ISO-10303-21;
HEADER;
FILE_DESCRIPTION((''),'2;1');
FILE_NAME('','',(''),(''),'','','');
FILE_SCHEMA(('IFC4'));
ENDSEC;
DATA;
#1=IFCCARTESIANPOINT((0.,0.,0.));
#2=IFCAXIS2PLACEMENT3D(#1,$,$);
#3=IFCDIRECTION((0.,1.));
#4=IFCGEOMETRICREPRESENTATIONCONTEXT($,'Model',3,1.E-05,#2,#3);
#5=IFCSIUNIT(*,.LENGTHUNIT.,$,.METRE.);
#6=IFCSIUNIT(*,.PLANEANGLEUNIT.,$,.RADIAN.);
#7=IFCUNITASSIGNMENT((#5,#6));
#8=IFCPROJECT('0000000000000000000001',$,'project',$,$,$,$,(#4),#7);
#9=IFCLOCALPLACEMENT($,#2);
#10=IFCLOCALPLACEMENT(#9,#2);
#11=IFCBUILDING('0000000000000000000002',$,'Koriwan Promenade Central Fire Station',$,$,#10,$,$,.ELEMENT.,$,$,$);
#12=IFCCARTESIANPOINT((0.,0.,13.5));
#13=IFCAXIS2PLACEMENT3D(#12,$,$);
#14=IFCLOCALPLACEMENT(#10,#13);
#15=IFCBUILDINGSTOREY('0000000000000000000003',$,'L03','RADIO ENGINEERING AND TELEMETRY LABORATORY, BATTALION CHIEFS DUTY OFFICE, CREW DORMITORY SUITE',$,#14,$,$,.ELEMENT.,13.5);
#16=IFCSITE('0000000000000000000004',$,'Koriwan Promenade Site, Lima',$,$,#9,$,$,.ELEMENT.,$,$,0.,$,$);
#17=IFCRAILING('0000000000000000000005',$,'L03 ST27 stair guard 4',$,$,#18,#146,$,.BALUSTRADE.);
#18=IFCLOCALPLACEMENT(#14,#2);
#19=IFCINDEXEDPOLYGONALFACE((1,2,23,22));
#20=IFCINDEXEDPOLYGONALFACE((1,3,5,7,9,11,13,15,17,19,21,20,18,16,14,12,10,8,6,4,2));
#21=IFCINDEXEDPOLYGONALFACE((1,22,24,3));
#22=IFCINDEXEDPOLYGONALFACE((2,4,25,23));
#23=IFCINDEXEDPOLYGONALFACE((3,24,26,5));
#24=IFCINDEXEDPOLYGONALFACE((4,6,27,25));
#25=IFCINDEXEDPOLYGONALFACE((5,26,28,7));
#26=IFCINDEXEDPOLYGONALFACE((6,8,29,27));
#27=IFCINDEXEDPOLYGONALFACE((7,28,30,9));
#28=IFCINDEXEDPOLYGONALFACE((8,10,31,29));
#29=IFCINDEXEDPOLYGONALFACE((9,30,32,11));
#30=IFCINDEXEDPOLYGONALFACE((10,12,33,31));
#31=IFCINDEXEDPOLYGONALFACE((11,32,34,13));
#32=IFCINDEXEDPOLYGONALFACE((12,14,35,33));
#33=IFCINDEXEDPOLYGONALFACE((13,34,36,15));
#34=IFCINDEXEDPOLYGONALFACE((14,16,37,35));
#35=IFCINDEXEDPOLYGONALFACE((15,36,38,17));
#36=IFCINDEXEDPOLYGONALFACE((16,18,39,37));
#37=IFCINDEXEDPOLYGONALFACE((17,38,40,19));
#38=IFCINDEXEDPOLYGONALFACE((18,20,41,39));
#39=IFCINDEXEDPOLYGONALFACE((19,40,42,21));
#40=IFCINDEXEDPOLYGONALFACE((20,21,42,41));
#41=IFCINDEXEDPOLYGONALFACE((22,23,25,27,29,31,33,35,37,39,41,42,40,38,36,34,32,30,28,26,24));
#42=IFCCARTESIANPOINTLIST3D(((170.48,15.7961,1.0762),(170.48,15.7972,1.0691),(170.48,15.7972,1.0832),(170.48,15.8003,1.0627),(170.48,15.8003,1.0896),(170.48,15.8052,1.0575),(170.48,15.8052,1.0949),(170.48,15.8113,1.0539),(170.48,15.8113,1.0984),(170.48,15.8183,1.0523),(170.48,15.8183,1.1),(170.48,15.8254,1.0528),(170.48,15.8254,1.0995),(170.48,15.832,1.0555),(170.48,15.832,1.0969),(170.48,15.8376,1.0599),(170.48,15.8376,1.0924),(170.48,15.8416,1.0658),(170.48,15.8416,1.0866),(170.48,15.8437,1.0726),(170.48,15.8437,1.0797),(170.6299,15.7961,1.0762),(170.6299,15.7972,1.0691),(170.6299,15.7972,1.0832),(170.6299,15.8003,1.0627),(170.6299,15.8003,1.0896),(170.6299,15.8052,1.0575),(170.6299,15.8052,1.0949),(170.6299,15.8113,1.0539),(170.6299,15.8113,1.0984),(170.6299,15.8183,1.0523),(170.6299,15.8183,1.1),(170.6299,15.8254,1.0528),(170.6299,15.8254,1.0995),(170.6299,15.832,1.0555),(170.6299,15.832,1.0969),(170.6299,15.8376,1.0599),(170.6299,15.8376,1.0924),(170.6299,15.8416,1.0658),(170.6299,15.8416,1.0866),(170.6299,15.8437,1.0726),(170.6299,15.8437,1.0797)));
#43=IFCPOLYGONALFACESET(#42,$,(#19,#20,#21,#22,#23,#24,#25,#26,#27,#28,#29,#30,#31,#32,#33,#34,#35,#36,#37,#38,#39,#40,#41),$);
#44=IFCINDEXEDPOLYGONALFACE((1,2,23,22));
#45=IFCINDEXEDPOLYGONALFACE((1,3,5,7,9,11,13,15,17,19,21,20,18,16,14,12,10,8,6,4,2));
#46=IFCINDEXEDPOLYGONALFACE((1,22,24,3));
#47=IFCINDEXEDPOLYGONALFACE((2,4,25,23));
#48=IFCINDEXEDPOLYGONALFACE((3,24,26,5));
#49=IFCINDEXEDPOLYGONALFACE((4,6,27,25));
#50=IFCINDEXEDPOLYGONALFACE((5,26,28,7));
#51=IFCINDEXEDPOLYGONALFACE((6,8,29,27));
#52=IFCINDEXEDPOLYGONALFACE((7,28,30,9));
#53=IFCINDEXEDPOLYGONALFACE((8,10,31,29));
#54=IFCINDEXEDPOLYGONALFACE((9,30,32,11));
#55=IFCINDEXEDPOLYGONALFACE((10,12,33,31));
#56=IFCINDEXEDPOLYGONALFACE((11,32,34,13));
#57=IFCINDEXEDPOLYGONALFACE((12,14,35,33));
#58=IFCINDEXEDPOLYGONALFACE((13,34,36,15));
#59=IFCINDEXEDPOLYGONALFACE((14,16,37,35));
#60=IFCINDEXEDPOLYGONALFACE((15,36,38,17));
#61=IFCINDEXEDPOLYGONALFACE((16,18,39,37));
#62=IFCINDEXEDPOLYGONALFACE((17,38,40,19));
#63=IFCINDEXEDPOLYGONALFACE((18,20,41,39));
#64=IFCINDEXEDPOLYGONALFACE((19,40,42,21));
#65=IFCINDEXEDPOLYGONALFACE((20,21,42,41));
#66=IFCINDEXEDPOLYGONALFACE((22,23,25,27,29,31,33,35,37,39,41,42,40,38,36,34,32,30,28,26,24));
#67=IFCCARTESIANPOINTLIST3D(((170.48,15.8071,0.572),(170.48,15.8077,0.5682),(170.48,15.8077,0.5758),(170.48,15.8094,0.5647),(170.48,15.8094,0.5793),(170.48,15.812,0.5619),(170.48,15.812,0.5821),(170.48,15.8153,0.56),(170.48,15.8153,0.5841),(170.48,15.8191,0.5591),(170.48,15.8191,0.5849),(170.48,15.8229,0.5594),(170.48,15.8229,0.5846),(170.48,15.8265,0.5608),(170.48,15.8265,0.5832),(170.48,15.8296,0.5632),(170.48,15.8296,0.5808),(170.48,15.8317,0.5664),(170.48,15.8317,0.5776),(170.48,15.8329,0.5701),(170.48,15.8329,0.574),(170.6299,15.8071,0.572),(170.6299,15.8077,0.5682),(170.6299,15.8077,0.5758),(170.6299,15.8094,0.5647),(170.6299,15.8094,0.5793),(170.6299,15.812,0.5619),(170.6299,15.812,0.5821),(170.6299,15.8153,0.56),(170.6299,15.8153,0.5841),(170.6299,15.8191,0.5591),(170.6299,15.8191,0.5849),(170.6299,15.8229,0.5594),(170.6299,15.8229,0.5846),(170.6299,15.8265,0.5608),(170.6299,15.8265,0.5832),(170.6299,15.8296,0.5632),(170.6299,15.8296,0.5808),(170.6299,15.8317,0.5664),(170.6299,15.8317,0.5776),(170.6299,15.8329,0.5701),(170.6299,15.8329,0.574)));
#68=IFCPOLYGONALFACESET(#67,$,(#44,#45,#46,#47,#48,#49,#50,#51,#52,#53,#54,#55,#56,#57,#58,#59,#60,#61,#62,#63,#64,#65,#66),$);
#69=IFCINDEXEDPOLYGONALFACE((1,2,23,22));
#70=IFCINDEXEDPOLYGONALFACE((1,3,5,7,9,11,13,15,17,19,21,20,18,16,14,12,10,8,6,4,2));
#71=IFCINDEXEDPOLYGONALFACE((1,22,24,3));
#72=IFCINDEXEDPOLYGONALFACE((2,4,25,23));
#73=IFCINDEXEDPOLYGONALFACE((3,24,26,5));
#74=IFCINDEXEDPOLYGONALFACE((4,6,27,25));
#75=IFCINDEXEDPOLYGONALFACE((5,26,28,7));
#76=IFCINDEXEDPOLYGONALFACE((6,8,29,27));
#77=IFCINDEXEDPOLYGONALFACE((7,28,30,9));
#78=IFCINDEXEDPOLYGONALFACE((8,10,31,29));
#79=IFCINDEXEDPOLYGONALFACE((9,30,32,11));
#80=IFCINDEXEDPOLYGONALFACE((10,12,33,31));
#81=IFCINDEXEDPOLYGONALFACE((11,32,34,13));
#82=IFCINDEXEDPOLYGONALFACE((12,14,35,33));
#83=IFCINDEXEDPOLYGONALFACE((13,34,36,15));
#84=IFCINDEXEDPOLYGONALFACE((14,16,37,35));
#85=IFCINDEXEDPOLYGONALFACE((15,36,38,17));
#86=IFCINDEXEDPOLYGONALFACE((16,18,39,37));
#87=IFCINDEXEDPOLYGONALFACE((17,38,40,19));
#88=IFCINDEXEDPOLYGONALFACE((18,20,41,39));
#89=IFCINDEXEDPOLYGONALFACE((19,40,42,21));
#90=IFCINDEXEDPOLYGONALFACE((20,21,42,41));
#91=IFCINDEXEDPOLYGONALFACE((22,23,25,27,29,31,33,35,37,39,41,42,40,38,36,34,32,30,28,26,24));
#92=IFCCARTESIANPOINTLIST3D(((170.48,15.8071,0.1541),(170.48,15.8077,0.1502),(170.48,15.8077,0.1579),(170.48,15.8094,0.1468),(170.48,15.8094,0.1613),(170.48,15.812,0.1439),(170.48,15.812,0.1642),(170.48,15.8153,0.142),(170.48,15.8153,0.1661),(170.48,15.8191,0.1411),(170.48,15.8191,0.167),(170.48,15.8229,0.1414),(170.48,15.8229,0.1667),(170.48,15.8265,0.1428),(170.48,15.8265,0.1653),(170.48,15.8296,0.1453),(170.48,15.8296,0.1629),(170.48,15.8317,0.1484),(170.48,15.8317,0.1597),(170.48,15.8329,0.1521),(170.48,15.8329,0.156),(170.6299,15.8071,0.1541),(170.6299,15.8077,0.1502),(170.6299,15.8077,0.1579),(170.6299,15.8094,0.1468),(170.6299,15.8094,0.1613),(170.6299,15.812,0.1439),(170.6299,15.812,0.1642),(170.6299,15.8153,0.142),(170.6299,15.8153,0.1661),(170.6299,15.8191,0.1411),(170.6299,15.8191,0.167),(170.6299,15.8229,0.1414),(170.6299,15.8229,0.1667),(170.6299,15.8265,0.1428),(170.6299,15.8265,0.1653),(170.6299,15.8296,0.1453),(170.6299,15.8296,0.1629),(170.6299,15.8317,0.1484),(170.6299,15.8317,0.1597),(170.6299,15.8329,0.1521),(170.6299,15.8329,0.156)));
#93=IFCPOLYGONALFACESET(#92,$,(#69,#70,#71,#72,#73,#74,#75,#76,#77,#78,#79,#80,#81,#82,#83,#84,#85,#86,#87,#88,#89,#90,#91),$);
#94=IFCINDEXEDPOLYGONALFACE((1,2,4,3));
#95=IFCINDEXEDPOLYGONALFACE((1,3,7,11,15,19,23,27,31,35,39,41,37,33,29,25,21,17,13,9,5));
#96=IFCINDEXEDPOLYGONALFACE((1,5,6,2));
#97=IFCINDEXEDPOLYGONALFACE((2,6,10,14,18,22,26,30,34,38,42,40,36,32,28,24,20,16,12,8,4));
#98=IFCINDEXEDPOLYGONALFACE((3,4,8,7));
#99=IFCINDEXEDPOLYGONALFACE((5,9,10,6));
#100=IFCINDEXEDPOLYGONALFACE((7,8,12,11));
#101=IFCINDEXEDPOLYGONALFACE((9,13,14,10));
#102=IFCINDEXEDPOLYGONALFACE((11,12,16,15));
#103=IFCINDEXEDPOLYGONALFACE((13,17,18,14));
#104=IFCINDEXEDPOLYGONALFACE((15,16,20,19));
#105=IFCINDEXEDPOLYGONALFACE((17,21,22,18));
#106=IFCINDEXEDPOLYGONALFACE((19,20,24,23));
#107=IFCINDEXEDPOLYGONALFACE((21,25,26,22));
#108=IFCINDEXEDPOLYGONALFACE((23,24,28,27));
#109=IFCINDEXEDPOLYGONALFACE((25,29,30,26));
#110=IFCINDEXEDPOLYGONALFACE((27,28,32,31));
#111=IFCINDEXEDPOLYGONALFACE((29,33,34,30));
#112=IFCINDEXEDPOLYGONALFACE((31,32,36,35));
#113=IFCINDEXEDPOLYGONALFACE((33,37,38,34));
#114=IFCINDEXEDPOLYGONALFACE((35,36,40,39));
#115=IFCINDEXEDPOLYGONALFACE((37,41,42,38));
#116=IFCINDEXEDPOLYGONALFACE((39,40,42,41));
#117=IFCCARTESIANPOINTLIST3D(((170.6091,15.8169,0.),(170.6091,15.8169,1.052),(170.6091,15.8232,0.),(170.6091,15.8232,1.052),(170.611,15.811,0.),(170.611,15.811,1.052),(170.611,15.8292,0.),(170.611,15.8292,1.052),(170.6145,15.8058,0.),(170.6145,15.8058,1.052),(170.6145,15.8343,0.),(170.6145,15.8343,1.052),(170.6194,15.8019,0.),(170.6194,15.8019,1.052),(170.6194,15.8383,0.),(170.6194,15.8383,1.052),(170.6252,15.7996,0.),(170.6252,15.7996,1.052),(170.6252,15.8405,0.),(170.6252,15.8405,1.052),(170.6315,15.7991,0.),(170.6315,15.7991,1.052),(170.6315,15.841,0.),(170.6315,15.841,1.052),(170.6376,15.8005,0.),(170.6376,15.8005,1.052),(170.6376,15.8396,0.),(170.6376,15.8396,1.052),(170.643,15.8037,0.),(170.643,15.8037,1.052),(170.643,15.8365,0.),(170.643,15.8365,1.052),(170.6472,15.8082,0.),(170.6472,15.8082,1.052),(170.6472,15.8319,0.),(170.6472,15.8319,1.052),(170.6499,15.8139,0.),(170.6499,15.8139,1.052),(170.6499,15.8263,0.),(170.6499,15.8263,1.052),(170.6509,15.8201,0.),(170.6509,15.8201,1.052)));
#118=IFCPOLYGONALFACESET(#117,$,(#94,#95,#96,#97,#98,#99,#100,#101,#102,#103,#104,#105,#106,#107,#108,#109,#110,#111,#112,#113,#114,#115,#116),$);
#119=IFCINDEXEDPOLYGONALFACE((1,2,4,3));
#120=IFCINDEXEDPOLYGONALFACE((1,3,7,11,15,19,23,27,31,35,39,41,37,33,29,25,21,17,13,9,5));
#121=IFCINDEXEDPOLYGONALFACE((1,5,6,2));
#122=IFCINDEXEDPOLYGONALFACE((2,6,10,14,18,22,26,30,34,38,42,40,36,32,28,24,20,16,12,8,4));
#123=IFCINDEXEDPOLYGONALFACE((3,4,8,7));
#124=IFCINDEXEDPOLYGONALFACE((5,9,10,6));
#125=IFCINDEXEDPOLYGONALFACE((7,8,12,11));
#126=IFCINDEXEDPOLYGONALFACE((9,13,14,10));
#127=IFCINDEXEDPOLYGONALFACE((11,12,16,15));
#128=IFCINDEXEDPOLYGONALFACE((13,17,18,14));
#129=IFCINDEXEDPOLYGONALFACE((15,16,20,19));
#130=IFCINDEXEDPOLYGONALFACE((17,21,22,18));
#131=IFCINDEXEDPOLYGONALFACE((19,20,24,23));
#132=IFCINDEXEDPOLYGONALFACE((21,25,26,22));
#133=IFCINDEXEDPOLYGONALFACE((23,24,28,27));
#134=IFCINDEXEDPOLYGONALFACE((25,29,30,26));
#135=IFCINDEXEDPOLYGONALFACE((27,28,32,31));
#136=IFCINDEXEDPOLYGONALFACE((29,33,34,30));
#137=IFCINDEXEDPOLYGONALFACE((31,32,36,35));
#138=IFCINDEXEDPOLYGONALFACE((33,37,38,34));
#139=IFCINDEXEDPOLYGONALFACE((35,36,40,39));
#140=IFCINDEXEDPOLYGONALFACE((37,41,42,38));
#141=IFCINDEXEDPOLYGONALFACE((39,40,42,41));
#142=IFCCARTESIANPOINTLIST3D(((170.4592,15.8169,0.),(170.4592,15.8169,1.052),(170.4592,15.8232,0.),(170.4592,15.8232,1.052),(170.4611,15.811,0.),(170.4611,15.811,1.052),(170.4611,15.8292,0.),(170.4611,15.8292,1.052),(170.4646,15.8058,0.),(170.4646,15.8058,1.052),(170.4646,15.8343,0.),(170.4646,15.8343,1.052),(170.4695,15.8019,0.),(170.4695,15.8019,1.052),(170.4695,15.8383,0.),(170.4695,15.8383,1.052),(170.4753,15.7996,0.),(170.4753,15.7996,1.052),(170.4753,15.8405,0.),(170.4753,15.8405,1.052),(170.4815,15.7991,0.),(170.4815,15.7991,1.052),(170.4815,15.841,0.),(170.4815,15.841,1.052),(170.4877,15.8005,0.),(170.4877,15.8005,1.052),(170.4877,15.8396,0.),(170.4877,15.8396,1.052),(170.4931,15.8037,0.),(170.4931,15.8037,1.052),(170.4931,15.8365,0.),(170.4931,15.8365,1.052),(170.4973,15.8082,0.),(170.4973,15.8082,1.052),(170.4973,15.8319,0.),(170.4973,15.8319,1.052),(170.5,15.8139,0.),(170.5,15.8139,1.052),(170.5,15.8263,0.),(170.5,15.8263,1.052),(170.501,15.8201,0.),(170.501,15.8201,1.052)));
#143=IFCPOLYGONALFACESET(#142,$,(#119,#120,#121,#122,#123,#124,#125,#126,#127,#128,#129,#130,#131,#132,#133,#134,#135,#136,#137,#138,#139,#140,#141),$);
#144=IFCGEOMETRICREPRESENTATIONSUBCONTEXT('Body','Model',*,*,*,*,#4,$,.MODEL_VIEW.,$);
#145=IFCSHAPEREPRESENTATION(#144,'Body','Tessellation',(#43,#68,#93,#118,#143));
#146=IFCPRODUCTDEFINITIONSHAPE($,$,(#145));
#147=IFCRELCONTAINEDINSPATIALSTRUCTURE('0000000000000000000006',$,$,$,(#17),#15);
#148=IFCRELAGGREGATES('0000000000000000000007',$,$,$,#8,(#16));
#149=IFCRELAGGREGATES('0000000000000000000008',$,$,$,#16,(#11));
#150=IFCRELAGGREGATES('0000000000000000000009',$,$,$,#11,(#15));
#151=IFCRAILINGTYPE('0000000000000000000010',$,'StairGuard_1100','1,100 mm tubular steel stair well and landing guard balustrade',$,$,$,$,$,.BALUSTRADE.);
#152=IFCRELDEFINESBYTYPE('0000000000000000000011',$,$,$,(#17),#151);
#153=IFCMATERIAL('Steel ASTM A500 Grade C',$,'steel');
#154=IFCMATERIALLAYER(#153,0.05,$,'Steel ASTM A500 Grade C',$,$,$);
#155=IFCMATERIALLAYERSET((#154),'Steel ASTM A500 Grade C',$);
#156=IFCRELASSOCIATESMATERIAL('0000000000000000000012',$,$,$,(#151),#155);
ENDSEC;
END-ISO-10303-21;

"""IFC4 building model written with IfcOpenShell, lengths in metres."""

from ifc_helpers import new_model, si_unit, direction, frame, origin, origin_2d, place, context, subcontext, project, spatial, circle, extrude, material, layer, layer_set, type_object, element, save


model = new_model("IFC4")

# Units and contexts
model_context = context("Model", 3, precision=1e-05, world=origin(), true_north=direction((0.0, 1.0)))
body_context = subcontext(model_context, "Body", "Model", "MODEL_VIEW")
ifc_project = project(units=[si_unit("LENGTHUNIT", "METRE"), si_unit("PLANEANGLEUNIT", "RADIAN")], contexts=[model_context])

# Site, building, storey
site_placement = place(None, origin())
site = spatial("IfcSite", under=ifc_project, at=site_placement, Name="Koriwan Promenade Site, Lima", CompositionType="ELEMENT", RefElevation=0.0)
building_placement = place(site_placement, origin())
building = spatial("IfcBuilding", under=site, at=building_placement, Name="Koriwan Promenade Central Fire Station", CompositionType="ELEMENT")
storey_placement = place(building_placement, frame((0.0, 0.0, 13.5)))
storey = spatial("IfcBuildingStorey", under=building, at=storey_placement, Name="L03", Description="RADIO ENGINEERING AND TELEMETRY LABORATORY, BATTALION CHIEFS DUTY OFFICE, CREW DORMITORY SUITE", CompositionType="ELEMENT", Elevation=13.5)

# Railing
ifc_material_1 = material(Name="Steel ASTM A500 Grade C", Category="steel")
ifc_layer_1 = layer(ifc_material_1, 0.05, Name="Steel ASTM A500 Grade C")
ifc_layer_set_1 = layer_set([ifc_layer_1], Name="Steel ASTM A500 Grade C")
railing_type_1 = type_object("IfcRailingType", Name="StairGuard_1100", Description="1,100 mm tubular steel stair well and landing guard balustrade", PredefinedType="BALUSTRADE", material=ifc_layer_set_1)
railing_1_placement = place(storey_placement, frame((170.6299, 15.8201, 0.0)))
element("IfcRailing", 1, at=railing_1_placement, inside=storey, type_object=railing_type_1, Name="L03 ST27 stair guard 4", PredefinedType="BALUSTRADE", context=body_context, shape_type="SweptSolid", body=[
    extrude(circle(Radius=0.0239, at=origin_2d()), frame((0.0, 0.0, 1.0762), z_axis=(-1.0, 0.0, 0.0), x_axis=(0.0, -1.0, 0.0)), (0.0, 0.0, 1.0), 0.1499),
    extrude(circle(Radius=0.0129, at=origin_2d()), frame((0.0, 0.0, 0.572), z_axis=(-1.0, 0.0, 0.0), x_axis=(0.0, -1.0, 0.0)), (0.0, 0.0, 1.0), 0.1499),
    extrude(circle(Radius=0.0129, at=origin_2d()), frame((0.0, 0.0, 0.1541), z_axis=(-1.0, 0.0, 0.0), x_axis=(0.0, -1.0, 0.0)), (0.0, 0.0, 1.0), 0.1499),
    extrude(circle(Radius=0.021, at=origin_2d()), origin(), (0.0, 0.0, 1.0), 1.052),
    extrude(circle(Radius=0.021, at=origin_2d()), frame((-0.1499, 0.0, 0.0)), (0.0, 0.0, 1.0), 1.052),
])

save(model, "model.ifc")
